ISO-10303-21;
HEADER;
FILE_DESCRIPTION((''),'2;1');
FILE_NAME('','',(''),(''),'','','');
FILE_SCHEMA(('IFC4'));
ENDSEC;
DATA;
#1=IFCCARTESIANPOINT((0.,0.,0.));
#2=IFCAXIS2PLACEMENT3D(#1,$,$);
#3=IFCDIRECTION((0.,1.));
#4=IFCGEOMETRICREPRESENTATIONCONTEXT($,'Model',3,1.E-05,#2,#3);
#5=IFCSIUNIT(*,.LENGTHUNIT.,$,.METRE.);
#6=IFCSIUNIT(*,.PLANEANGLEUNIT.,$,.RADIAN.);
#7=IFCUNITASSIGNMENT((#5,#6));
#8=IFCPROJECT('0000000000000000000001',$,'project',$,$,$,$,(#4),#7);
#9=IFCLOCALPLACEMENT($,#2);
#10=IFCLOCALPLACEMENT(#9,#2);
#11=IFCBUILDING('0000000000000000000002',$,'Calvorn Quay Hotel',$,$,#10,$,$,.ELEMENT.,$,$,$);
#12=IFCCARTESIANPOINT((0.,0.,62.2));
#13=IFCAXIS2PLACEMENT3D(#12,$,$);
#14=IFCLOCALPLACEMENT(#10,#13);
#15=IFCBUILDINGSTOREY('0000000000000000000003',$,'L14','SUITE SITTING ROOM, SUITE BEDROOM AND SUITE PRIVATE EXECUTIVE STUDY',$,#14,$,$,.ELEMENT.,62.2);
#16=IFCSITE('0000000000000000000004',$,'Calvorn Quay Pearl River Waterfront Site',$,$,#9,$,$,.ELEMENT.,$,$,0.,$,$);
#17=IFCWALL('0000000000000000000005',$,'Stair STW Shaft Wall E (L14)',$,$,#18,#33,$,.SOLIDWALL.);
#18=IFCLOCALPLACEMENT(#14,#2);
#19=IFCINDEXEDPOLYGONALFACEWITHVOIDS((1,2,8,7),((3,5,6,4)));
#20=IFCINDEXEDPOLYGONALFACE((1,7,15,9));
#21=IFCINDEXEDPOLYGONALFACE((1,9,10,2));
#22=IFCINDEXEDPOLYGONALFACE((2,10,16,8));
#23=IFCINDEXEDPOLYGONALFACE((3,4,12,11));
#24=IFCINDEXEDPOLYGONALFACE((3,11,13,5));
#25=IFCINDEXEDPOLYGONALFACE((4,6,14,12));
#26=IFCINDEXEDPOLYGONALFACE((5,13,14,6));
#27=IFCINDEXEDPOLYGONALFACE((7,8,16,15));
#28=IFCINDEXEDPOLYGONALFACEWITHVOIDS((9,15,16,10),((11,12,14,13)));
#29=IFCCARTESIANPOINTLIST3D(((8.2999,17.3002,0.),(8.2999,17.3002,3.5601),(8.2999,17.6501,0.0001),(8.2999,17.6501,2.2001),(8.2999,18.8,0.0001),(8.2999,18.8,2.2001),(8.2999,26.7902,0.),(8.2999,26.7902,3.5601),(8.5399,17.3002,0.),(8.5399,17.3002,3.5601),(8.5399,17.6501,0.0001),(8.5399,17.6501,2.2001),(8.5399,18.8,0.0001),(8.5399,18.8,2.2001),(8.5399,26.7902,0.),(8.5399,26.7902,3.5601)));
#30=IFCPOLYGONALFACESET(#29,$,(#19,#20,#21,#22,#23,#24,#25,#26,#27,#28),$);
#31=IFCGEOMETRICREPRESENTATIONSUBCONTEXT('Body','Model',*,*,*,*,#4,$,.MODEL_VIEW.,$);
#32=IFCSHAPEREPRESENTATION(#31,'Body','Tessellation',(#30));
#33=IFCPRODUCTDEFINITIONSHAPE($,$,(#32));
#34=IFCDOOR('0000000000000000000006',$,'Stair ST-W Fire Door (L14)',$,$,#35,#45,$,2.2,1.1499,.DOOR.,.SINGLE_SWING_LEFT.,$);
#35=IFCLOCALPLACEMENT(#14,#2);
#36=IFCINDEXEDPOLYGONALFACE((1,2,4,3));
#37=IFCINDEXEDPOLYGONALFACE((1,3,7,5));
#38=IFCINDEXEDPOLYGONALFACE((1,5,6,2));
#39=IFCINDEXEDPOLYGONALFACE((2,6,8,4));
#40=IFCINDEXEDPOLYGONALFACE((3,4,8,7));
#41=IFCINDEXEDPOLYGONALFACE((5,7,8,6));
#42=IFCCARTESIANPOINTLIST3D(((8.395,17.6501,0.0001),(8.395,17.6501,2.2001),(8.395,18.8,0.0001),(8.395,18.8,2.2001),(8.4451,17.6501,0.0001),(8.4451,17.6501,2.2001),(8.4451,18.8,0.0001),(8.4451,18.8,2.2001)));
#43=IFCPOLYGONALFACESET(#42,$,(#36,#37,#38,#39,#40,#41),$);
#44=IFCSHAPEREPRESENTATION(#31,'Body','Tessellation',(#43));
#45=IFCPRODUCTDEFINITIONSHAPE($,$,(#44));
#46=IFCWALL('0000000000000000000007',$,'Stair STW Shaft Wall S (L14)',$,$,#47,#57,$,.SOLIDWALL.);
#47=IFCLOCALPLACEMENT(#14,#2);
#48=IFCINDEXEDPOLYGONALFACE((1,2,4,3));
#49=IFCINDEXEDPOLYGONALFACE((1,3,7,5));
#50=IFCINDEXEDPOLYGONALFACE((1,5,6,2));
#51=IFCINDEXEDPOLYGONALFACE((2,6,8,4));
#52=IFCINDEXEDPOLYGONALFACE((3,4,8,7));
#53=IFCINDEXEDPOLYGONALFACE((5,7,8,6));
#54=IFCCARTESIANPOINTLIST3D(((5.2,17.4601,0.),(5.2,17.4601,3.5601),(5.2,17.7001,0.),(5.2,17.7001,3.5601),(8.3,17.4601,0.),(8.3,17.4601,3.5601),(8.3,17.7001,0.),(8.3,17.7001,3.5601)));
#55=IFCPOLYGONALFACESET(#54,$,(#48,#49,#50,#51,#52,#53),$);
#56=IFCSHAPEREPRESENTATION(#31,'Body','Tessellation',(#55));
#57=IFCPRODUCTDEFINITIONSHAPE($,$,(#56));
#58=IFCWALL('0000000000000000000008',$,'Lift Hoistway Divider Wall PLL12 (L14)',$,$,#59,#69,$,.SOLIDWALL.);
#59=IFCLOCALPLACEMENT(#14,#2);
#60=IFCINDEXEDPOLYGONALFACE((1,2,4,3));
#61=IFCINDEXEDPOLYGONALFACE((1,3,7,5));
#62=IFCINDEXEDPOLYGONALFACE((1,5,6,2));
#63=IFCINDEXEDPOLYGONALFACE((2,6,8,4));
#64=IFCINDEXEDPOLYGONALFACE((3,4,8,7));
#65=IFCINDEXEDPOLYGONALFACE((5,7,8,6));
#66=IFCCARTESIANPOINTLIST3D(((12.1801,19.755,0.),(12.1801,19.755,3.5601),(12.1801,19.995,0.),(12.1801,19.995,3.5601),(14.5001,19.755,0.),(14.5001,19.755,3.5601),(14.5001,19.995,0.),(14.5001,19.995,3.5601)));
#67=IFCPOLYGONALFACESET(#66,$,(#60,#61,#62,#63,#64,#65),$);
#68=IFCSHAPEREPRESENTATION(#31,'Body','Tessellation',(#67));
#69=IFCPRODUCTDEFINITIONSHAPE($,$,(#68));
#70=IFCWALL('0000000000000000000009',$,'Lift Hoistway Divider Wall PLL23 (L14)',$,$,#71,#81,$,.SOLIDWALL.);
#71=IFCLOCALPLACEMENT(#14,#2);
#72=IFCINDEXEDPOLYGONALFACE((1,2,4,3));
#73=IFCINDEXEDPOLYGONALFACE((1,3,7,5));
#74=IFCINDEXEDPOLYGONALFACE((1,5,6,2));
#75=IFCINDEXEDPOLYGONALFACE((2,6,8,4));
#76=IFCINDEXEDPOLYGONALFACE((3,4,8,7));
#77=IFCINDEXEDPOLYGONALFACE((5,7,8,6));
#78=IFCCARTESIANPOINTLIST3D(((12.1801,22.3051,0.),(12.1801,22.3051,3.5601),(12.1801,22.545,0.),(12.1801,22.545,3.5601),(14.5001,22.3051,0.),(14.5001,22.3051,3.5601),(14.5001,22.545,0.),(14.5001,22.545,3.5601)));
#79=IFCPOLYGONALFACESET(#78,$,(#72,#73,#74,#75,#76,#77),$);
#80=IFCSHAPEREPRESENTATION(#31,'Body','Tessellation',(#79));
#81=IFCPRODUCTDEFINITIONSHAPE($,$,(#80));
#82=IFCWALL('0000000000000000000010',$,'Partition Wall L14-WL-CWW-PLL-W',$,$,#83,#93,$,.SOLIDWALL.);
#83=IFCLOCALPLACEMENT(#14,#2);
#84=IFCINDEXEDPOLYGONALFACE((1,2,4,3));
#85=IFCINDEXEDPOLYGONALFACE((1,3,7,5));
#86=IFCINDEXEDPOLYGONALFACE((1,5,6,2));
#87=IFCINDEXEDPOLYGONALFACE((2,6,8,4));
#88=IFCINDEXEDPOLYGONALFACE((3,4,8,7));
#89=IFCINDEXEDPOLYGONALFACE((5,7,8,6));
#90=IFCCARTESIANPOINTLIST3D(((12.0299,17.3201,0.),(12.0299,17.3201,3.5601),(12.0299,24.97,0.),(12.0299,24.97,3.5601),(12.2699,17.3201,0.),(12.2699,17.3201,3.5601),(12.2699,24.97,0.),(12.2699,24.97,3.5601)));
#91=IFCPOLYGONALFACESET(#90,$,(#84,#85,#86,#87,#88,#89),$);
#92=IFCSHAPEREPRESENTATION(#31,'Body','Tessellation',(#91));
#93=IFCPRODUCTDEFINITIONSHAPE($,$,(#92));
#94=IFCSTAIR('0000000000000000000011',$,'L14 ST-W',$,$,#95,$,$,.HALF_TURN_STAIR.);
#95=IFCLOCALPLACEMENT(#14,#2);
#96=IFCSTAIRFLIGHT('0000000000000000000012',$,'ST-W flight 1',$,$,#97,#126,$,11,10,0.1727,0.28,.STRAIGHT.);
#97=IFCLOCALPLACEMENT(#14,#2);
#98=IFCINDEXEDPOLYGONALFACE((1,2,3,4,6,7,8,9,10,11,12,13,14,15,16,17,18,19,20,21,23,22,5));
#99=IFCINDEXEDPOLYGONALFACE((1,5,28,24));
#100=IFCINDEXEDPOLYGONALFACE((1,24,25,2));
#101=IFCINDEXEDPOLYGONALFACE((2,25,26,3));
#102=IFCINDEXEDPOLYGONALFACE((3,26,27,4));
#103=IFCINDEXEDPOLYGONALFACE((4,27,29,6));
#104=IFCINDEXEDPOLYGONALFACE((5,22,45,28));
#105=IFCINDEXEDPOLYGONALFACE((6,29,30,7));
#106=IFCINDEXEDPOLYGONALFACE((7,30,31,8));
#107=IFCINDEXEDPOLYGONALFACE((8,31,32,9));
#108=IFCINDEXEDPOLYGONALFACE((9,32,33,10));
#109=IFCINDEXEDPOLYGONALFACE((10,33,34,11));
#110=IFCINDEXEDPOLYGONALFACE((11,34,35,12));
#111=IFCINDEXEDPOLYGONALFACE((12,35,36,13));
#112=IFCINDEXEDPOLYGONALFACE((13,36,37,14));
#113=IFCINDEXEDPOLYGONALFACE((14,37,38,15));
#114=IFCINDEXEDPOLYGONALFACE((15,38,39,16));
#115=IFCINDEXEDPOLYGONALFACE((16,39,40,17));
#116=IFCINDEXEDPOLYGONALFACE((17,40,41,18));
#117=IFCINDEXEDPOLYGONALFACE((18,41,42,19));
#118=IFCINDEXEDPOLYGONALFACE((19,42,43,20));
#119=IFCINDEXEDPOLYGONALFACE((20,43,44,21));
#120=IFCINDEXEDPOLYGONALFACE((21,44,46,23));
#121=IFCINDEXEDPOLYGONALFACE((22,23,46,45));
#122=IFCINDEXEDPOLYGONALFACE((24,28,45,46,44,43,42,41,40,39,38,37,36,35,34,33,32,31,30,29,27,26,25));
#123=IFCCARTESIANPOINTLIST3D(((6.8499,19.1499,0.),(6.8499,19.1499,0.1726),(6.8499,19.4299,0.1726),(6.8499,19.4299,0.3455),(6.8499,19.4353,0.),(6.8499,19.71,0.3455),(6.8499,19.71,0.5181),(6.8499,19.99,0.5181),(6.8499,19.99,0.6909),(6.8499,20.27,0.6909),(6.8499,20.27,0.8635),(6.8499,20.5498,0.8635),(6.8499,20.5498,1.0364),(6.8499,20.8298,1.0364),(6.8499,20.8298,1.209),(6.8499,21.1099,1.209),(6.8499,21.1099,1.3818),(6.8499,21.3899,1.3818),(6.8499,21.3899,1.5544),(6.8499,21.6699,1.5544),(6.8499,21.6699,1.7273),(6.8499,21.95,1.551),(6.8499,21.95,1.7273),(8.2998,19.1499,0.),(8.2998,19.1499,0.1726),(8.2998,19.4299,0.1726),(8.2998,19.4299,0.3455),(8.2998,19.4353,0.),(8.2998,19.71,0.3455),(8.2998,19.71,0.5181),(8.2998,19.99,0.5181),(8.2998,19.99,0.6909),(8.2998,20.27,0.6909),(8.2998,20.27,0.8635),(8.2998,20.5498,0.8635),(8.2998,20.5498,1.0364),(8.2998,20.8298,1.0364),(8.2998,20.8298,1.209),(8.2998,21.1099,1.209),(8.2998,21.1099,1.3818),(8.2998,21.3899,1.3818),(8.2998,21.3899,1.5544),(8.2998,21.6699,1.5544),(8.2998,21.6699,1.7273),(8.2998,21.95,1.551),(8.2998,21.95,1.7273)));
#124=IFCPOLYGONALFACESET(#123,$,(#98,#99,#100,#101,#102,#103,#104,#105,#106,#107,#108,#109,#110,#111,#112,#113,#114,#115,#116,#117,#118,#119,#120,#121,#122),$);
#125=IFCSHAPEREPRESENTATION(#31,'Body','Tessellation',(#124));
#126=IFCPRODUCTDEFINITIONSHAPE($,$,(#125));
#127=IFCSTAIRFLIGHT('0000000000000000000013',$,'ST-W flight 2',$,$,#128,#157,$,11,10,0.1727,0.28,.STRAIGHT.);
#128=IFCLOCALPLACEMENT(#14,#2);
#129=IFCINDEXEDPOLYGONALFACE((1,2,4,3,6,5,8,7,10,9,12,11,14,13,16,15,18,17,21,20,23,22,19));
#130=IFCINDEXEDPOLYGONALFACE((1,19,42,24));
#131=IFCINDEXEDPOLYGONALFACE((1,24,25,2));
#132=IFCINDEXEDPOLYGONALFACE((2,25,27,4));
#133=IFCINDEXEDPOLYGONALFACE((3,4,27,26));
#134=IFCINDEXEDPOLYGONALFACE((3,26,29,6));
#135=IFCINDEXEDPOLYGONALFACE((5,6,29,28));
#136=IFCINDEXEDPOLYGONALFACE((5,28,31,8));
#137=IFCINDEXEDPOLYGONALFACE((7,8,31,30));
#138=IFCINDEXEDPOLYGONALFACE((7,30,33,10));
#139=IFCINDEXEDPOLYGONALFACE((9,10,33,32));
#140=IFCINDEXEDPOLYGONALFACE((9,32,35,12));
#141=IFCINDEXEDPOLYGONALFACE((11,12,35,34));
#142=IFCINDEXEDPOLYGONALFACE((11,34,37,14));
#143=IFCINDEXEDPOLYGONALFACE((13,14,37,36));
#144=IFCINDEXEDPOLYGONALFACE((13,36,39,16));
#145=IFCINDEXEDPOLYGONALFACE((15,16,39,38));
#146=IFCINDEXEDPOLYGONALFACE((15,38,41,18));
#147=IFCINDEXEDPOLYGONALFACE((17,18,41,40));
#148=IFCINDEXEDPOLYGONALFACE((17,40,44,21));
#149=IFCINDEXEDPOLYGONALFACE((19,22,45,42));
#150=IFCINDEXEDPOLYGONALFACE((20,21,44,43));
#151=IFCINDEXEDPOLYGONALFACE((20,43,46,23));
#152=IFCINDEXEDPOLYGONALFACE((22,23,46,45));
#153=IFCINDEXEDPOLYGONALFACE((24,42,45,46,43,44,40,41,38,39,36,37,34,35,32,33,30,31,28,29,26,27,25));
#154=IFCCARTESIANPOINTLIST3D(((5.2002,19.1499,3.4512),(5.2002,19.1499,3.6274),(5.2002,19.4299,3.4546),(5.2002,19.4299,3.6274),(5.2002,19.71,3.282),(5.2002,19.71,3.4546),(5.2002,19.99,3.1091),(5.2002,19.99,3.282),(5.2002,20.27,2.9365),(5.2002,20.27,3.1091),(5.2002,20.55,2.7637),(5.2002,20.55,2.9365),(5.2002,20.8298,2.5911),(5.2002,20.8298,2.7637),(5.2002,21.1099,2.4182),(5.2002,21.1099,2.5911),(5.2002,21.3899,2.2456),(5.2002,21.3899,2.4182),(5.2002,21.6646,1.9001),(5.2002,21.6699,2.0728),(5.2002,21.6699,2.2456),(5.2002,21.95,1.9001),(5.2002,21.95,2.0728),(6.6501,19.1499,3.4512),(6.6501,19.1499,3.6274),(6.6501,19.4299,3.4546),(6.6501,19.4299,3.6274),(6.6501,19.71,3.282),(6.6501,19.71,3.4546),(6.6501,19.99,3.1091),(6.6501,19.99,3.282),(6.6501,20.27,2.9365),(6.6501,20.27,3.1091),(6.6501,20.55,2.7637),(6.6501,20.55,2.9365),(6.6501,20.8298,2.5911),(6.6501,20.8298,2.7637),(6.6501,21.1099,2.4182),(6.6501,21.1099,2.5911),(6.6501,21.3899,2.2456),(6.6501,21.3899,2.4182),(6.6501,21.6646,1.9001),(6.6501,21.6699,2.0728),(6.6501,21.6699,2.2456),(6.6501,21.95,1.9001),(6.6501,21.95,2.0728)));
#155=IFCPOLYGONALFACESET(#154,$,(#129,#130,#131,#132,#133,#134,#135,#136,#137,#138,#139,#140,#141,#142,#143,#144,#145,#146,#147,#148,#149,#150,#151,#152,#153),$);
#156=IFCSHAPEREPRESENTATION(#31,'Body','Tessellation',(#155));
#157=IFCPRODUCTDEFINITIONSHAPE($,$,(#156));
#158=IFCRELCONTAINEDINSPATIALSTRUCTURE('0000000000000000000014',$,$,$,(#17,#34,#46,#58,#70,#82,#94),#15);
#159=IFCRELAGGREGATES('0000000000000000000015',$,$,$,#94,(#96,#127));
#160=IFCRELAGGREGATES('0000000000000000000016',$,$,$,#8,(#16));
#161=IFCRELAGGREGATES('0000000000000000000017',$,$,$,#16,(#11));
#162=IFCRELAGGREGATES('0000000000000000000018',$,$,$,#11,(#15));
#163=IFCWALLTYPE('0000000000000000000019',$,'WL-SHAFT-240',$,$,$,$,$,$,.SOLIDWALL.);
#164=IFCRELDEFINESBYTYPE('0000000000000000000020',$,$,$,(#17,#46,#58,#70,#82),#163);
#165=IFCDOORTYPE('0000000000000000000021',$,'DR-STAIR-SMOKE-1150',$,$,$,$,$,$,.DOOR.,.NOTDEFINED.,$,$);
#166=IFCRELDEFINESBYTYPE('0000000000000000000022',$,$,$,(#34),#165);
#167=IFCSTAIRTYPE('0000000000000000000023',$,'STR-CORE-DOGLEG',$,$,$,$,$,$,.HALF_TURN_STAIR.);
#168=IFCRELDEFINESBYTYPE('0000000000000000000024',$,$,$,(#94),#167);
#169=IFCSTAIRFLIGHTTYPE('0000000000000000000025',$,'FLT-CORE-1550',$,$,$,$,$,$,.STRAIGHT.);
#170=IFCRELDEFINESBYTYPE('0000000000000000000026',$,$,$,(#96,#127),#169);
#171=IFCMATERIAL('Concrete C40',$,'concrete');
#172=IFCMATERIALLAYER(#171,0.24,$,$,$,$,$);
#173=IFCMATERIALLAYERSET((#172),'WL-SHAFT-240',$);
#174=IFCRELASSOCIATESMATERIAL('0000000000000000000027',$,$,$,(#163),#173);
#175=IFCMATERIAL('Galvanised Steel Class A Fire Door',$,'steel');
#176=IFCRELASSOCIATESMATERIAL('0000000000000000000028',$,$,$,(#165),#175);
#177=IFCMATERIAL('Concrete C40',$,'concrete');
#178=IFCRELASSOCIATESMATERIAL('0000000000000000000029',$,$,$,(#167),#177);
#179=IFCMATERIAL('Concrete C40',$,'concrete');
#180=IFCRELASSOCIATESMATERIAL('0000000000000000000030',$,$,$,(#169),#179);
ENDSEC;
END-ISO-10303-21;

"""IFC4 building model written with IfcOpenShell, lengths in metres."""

from ifc_helpers import new_model, si_unit, direction, frame, frame_2d, origin, place, context, subcontext, project, spatial, polyline, rectangle, outline, extrude, material, layer, layer_set, type_object, element, fill, aggregate, save


model = new_model("IFC4")

# Units and contexts
model_context = context("Model", 3, precision=1e-05, world=origin(), true_north=direction((0.0, 1.0)))
body_context = subcontext(model_context, "Body", "Model", "MODEL_VIEW")
ifc_project = project(units=[si_unit("LENGTHUNIT", "METRE"), si_unit("PLANEANGLEUNIT", "RADIAN")], contexts=[model_context])

# Site, building, storey
site_placement = place(None, origin())
site = spatial("IfcSite", under=ifc_project, at=site_placement, Name="Calvorn Quay Pearl River Waterfront Site", CompositionType="ELEMENT", RefElevation=0.0)
building_placement = place(site_placement, origin())
building = spatial("IfcBuilding", under=site, at=building_placement, Name="Calvorn Quay Hotel", CompositionType="ELEMENT")
storey_placement = place(building_placement, frame((0.0, 0.0, 62.2)))
storey = spatial("IfcBuildingStorey", under=building, at=storey_placement, Name="L14", Description="SUITE SITTING ROOM, SUITE BEDROOM AND SUITE PRIVATE EXECUTIVE STUDY", CompositionType="ELEMENT", Elevation=62.2)

# Shared definitions
ifc_material_1 = material(Name="Concrete C40", Category="concrete")
ifc_layer_1 = layer(ifc_material_1, 0.24)
ifc_layer_set_1 = layer_set([ifc_layer_1], Name="WL-SHAFT-240")
wall_type_1 = type_object("IfcWallType", Name="WL-SHAFT-240", PredefinedType="SOLIDWALL", material=ifc_layer_set_1)

# Wall, opening, door
wall_1_placement = place(storey_placement, frame((8.4199, 17.3, 0.0), z_axis=(0.0, 0.0, 1.0), x_axis=(0.0, 1.0, 0.0)))
wall_1 = element("IfcWall", 1, at=wall_1_placement, inside=storey, type_object=wall_type_1, Name="Stair STW Shaft Wall E (L14)", PredefinedType="SOLIDWALL", context=body_context, shape_type="SweptSolid", body=[
    extrude(rectangle(XDim=9.49, YDim=0.24, at=frame_2d((4.7451, 0.0))), origin(), (0.0, 0.0, 1.0), 3.5601),
])
opening_1_placement = place(wall_1_placement, frame((0.3501, 0.0, 0.0)))
opening_1 = element("IfcOpeningElement", 2, at=opening_1_placement, cuts=wall_1, PredefinedType="OPENING", context=body_context, shape_type="SweptSolid", body=[
    extrude(rectangle(XDim=1.1499, YDim=2.2, at=frame_2d((0.575, 1.1001))), frame((0.0, 0.1299, 0.0), z_axis=(0.0, -1.0, 0.0), x_axis=(1.0, 0.0, 0.0)), (0.0, 0.0, 1.0), 0.26),
])
ifc_material_2 = material(Name="Galvanised Steel Class A Fire Door", Category="steel")
door_type_1 = type_object("IfcDoorType", Name="DR-STAIR-SMOKE-1150", OperationType="NOTDEFINED", PredefinedType="DOOR", material=ifc_material_2)
door_1_placement = place(opening_1_placement, origin())
door_1 = element("IfcDoor", 3, at=door_1_placement, inside=storey, type_object=door_type_1, Name="Stair ST-W Fire Door (L14)", OperationType="SINGLE_SWING_LEFT", OverallHeight=2.2, OverallWidth=1.1499, PredefinedType="DOOR", context=body_context, shape_type="SweptSolid", body=[
    extrude(rectangle(XDim=1.1499, YDim=2.2, at=frame_2d((0.575, 1.1001))), frame((0.0, 0.0249, 0.0), z_axis=(0.0, -1.0, 0.0), x_axis=(1.0, 0.0, 0.0)), (0.0, 0.0, 1.0), 0.05),
])
fill(opening_1, door_1)

# Walls
wall_2_placement = place(storey_placement, frame((5.2, 17.5801, 0.0), z_axis=(0.0, 0.0, 1.0), x_axis=(1.0, 0.0, 0.0)))
element("IfcWall", 4, at=wall_2_placement, inside=storey, type_object=wall_type_1, Name="Stair STW Shaft Wall S (L14)", PredefinedType="SOLIDWALL", context=body_context, shape_type="SweptSolid", body=[
    extrude(rectangle(XDim=3.1001, YDim=0.24, at=frame_2d((1.55, 0.0))), origin(), (0.0, 0.0, 1.0), 3.5601),
])
for number, where, z_axis, x_axis, name in (
    (5, (12.1799, 19.875, 0.0), (0.0, 0.0, 1.0), (1.0, 0.0, 0.0), "Lift Hoistway Divider Wall PLL12 (L14)"),
    (6, (12.1799, 22.425, 0.0), (0.0, 0.0, 1.0), (1.0, 0.0, 0.0), "Lift Hoistway Divider Wall PLL23 (L14)"),
):
    element("IfcWall", number, at=place(storey_placement, frame(where, z_axis=z_axis, x_axis=x_axis)), inside=storey, type_object=wall_type_1, Name=name, PredefinedType="SOLIDWALL", context=body_context, shape_type="SweptSolid", body=[
        extrude(rectangle(XDim=2.3201, YDim=0.24, at=frame_2d((1.1602, 0.0))), origin(), (0.0, 0.0, 1.0), 3.5601),
    ])
wall_3_placement = place(storey_placement, frame((12.1499, 17.3201, 0.0), z_axis=(0.0, 0.0, 1.0), x_axis=(0.0, 1.0, 0.0)))
element("IfcWall", 7, at=wall_3_placement, inside=storey, type_object=wall_type_1, Name="Partition Wall L14-WL-CWW-PLL-W", PredefinedType="SOLIDWALL", context=body_context, shape_type="SweptSolid", body=[
    extrude(rectangle(XDim=7.6499, YDim=0.24, at=frame_2d((3.825, 0.0))), origin(), (0.0, 0.0, 1.0), 3.5601),
])

# Stair, stair flights
ifc_material_3 = material(Name="Concrete C40", Category="concrete")
stair_type = type_object("IfcStairType", Name="STR-CORE-DOGLEG", PredefinedType="HALF_TURN_STAIR", material=ifc_material_3)
stair_placement = place(storey_placement, origin())
stair = element("IfcStair", 8, at=stair_placement, inside=storey, type_object=stair_type, Name="L14 ST-W", PredefinedType="HALF_TURN_STAIR")
ifc_material_4 = material(Name="Concrete C40", Category="concrete")
stair_flight_type = type_object("IfcStairFlightType", Name="FLT-CORE-1550", PredefinedType="STRAIGHT", material=ifc_material_4)
stair_flight_1_placement = place(storey_placement, frame((7.575, 19.1499, 0.0), z_axis=(0.0, 0.0, 1.0), x_axis=(0.0, 1.0, 0.0)))
stair_flight_1 = element("IfcStairFlight", 9, at=stair_flight_1_placement, type_object=stair_flight_type, Name="ST-W flight 1", NumberOfRisers=11, NumberOfTreads=10, PredefinedType="STRAIGHT", RiserHeight=0.1727, TreadLength=0.28, context=body_context, shape_type="SweptSolid", body=[
    extrude(outline(polyline([(0.0, 0.0), (0.0, 0.1726), (0.28, 0.1726), (0.28, 0.3455), (0.5601, 0.3455), (0.5601, 0.5181), (0.8401, 0.5181), (0.8401, 0.6909), (1.1201, 0.6909), (1.1201, 0.8635), (1.3999, 0.8635), (1.3999, 1.0364), (1.6799, 1.0364), (1.6799, 1.209), (1.96, 1.209), (1.96, 1.3818), (2.24, 1.3818), (2.24, 1.5544), (2.52, 1.5544), (2.52, 1.7273), (2.8, 1.7273), (2.8, 1.8999), (2.8, 1.551), (0.2854, 0.0), (0.0, 0.0)])), frame((0.0, 0.7251, 0.0), z_axis=(0.0, -1.0, 0.0), x_axis=(1.0, 0.0, 0.0)), (0.0, 0.0, 1.0), 1.45),
])
stair_flight_2_placement = place(storey_placement, frame((5.925, 21.95, 1.9001), z_axis=(0.0, 0.0, 1.0), x_axis=(0.0, -1.0, 0.0)))
stair_flight_2 = element("IfcStairFlight", 10, at=stair_flight_2_placement, type_object=stair_flight_type, Name="ST-W flight 2", NumberOfRisers=11, NumberOfTreads=10, PredefinedType="STRAIGHT", RiserHeight=0.1727, TreadLength=0.28, context=body_context, shape_type="SweptSolid", body=[
    extrude(outline(polyline([(0.0, 0.0), (0.0, 0.1726), (0.28, 0.1726), (0.28, 0.3455), (0.5601, 0.3455), (0.5601, 0.5181), (0.8401, 0.5181), (0.8401, 0.6909), (1.1201, 0.6909), (1.1201, 0.8635), (1.3999, 0.8635), (1.3999, 1.0364), (1.6799, 1.0364), (1.6799, 1.209), (1.96, 1.209), (1.96, 1.3818), (2.24, 1.3818), (2.24, 1.5544), (2.52, 1.5544), (2.52, 1.7273), (2.8, 1.7273), (2.8, 1.8999), (2.8, 1.551), (0.2854, 0.0), (0.0, 0.0)])), frame((0.0, 0.7251, 0.0), z_axis=(0.0, -1.0, 0.0), x_axis=(1.0, 0.0, 0.0)), (0.0, 0.0, 1.0), 1.45),
])
aggregate(stair, [stair_flight_1, stair_flight_2])

save(model, "model.ifc")
